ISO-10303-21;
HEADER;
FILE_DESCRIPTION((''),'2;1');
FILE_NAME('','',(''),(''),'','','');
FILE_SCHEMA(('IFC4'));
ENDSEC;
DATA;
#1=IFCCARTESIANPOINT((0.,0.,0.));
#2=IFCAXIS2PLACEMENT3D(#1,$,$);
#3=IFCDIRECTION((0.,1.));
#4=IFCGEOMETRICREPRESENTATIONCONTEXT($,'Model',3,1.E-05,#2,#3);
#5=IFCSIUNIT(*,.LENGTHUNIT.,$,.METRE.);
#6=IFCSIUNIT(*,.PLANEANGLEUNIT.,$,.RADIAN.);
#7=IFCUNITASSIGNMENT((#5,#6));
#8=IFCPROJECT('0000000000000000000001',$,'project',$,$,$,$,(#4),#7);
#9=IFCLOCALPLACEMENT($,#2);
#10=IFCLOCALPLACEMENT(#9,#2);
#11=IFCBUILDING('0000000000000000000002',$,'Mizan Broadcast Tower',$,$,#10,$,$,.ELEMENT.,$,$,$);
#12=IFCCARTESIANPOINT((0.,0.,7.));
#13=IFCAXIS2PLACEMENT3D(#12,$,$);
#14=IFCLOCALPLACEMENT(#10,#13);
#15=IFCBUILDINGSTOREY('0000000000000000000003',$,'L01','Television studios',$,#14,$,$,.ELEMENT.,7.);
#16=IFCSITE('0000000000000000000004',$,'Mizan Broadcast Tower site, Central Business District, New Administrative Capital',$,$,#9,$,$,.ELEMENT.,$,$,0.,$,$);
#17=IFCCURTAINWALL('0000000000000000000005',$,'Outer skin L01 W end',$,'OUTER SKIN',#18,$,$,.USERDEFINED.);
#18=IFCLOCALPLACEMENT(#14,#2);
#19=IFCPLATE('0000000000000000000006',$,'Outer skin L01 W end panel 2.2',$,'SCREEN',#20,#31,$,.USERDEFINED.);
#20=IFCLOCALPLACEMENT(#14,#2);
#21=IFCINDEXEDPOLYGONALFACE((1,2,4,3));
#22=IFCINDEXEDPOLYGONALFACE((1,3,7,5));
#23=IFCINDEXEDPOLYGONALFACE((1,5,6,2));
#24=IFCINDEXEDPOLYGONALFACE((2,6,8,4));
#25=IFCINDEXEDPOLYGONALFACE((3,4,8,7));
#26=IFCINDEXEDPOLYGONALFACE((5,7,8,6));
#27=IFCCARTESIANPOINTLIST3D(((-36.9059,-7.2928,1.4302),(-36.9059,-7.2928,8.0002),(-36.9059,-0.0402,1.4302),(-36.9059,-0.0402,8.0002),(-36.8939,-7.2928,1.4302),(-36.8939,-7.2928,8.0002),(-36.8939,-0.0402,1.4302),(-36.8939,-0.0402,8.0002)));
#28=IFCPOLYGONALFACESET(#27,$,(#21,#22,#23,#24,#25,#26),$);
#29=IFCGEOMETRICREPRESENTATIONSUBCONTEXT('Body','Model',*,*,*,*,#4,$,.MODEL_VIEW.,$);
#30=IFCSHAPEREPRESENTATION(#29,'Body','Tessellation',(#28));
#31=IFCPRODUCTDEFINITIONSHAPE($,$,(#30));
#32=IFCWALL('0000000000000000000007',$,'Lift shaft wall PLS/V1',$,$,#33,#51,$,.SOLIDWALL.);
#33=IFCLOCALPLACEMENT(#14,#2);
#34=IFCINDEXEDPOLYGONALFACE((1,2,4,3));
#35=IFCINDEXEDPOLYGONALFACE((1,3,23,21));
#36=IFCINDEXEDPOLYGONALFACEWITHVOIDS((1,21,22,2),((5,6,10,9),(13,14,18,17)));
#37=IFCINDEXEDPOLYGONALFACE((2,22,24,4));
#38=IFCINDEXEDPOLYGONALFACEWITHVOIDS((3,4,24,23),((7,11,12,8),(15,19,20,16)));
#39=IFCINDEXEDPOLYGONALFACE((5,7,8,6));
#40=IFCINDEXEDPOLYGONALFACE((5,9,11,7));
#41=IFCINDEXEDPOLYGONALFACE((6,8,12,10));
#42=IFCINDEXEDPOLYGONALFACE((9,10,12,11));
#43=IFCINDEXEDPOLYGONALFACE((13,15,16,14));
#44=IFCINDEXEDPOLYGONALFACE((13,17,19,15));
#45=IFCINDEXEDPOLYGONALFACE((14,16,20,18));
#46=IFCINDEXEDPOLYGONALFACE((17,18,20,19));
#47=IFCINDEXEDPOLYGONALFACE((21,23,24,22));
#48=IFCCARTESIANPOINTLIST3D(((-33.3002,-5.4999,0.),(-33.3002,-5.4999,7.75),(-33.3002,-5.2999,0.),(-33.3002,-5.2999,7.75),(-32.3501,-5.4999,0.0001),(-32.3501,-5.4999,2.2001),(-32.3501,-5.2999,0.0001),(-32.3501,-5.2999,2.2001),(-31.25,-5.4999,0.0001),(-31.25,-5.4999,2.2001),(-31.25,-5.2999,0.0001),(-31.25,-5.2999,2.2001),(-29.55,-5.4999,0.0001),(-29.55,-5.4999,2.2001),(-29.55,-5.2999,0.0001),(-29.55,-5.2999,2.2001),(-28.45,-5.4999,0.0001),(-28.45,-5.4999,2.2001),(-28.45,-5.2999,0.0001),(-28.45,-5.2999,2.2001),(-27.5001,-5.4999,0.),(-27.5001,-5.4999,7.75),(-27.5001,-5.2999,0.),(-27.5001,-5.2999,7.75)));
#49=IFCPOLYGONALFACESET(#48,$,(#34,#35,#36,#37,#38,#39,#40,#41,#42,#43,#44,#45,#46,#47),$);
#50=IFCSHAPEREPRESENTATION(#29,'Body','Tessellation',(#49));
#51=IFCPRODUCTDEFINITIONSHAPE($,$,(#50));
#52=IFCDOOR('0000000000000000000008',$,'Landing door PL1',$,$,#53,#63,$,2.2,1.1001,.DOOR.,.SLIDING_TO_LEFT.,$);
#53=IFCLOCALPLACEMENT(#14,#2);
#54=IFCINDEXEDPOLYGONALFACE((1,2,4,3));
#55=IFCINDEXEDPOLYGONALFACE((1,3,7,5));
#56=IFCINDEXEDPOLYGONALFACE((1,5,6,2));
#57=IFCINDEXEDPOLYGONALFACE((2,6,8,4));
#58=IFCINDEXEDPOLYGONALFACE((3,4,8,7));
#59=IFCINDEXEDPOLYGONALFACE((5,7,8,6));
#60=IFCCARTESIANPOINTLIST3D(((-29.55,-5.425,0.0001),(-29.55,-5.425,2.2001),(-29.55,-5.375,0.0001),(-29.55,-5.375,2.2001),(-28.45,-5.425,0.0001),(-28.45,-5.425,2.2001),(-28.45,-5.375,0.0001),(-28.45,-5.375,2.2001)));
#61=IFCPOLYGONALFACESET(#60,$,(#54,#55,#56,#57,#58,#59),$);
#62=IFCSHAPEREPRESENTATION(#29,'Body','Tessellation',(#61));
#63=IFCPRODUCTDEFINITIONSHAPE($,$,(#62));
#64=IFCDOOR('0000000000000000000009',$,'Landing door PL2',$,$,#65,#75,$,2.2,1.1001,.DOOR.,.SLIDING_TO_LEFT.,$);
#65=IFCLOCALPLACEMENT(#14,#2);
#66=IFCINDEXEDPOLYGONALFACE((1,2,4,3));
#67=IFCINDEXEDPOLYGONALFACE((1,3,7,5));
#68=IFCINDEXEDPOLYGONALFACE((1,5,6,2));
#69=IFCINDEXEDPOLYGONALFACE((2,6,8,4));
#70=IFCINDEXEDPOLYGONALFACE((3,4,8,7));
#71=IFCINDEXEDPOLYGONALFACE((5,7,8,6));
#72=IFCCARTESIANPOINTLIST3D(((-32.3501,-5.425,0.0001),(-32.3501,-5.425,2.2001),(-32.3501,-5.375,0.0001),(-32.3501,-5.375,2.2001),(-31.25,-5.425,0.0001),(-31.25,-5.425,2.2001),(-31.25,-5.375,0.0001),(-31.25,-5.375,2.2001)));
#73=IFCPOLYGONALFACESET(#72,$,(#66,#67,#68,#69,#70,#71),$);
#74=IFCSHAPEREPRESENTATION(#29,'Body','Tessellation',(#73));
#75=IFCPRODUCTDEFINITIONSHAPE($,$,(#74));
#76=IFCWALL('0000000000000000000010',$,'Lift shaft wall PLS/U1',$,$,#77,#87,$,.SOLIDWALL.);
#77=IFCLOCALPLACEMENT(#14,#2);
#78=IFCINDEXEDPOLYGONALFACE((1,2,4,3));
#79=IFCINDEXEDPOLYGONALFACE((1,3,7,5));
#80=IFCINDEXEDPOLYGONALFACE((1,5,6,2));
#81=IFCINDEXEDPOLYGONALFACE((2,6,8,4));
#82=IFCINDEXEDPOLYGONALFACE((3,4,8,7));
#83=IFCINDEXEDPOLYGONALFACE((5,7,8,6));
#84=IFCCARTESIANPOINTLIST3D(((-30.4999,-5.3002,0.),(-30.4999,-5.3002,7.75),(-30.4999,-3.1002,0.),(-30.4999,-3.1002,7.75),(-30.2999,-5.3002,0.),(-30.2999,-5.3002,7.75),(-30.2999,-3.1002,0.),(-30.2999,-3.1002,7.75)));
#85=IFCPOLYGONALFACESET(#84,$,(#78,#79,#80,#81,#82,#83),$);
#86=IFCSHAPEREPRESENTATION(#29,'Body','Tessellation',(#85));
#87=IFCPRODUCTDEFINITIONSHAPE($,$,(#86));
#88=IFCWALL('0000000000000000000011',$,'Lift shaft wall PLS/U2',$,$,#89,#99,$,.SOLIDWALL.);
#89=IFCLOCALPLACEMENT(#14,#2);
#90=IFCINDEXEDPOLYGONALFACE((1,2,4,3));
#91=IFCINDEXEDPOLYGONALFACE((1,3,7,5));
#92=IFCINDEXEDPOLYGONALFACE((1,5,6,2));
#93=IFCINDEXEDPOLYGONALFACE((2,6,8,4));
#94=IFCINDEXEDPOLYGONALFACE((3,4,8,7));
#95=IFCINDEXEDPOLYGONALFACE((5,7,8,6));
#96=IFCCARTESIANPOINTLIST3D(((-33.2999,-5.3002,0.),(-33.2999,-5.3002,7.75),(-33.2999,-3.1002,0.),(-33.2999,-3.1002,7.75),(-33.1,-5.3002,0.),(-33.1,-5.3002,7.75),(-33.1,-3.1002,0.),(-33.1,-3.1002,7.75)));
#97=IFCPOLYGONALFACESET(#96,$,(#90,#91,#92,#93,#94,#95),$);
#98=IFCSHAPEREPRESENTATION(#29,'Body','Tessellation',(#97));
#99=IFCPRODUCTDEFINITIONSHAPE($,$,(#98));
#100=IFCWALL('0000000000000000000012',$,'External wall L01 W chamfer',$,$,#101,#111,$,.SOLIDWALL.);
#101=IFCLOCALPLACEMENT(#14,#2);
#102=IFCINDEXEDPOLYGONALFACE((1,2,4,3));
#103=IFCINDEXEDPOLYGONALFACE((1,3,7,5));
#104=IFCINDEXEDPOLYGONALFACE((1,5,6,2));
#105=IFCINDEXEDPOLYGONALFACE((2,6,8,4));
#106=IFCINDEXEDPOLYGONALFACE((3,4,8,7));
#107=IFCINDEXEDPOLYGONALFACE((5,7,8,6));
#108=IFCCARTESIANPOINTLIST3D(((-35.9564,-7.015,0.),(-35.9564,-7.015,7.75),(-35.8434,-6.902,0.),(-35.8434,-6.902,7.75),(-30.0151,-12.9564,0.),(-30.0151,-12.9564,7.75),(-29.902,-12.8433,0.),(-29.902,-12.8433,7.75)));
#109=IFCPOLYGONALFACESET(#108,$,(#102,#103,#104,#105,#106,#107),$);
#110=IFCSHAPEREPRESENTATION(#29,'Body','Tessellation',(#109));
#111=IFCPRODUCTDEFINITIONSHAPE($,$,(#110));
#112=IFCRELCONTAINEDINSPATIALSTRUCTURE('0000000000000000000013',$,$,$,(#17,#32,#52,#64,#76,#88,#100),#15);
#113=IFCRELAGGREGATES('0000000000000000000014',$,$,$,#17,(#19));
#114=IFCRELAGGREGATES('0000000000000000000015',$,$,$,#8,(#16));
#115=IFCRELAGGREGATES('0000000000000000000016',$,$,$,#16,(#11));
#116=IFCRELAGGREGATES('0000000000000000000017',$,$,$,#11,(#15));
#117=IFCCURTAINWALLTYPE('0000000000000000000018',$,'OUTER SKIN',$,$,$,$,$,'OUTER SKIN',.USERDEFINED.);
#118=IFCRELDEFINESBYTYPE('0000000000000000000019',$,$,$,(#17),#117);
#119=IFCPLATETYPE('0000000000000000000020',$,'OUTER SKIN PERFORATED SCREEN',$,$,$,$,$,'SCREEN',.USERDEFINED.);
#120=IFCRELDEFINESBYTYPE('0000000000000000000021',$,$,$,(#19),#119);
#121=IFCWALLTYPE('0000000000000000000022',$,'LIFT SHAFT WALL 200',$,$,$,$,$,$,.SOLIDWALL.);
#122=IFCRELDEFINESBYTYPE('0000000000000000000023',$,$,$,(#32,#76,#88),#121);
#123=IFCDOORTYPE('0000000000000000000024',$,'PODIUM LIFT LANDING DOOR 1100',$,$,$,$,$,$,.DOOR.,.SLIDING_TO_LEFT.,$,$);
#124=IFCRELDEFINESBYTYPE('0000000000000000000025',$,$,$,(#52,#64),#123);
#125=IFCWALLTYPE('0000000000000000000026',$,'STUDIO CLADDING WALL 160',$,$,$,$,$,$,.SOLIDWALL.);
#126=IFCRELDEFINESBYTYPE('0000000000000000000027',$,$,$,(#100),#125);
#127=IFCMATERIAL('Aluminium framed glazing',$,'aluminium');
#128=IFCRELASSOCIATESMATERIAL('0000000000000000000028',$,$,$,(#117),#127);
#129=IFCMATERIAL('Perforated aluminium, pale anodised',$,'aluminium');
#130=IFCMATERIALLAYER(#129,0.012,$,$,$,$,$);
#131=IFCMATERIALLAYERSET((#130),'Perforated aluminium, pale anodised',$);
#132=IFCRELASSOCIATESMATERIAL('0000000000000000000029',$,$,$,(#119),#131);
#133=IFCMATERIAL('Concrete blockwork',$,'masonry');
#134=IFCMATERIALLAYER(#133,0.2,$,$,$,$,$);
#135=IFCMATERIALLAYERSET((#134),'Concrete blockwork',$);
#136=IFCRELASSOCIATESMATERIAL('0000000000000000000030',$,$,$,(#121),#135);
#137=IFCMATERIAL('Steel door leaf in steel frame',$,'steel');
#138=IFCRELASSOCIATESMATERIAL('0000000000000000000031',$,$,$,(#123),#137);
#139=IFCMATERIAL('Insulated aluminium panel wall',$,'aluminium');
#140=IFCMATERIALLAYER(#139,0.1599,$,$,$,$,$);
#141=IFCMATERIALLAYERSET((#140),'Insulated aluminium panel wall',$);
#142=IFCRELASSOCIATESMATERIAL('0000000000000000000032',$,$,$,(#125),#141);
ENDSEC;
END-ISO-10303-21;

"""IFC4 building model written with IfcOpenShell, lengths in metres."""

from ifc_helpers import new_model, si_unit, direction, frame, frame_2d, origin, origin_2d, place, context, subcontext, project, spatial, rectangle, extrude, material, layer, layer_set, type_object, element, fill, aggregate, save


model = new_model("IFC4")

# Units and contexts
model_context = context("Model", 3, precision=1e-05, world=origin(), true_north=direction((0.0, 1.0)))
body_context = subcontext(model_context, "Body", "Model", "MODEL_VIEW")
ifc_project = project(units=[si_unit("LENGTHUNIT", "METRE"), si_unit("PLANEANGLEUNIT", "RADIAN")], contexts=[model_context])

# Site, building, storey
site_placement = place(None, origin())
site = spatial("IfcSite", under=ifc_project, at=site_placement, Name="Mizan Broadcast Tower site, Central Business District, New Administrative Capital", CompositionType="ELEMENT", RefElevation=0.0)
building_placement = place(site_placement, origin())
building = spatial("IfcBuilding", under=site, at=building_placement, Name="Mizan Broadcast Tower", CompositionType="ELEMENT")
storey_placement = place(building_placement, frame((0.0, 0.0, 7.0)))
storey = spatial("IfcBuildingStorey", under=building, at=storey_placement, Name="L01", Description="Television studios", CompositionType="ELEMENT", Elevation=7.0)

# Curtain wall
ifc_material_1 = material(Name="Aluminium framed glazing", Category="aluminium")
curtain_wall_type = type_object("IfcCurtainWallType", Name="OUTER SKIN", ElementType="OUTER SKIN", PredefinedType="USERDEFINED", material=ifc_material_1)
curtain_wall_1_placement = place(storey_placement, origin())
curtain_wall_1 = element("IfcCurtainWall", 1, at=curtain_wall_1_placement, inside=storey, type_object=curtain_wall_type, Name="Outer skin L01 W end", ObjectType="OUTER SKIN", PredefinedType="USERDEFINED")

# Plate
ifc_material_2 = material(Name="Perforated aluminium, pale anodised", Category="aluminium")
ifc_layer_1 = layer(ifc_material_2, 0.012)
ifc_layer_set_1 = layer_set([ifc_layer_1], Name="Perforated aluminium, pale anodised")
plate_type_1 = type_object("IfcPlateType", Name="OUTER SKIN PERFORATED SCREEN", ElementType="SCREEN", PredefinedType="USERDEFINED", material=ifc_layer_set_1)
plate_1_placement = place(storey_placement, frame((-36.8999, -3.6665, 1.4302), z_axis=(0.0, 0.0, 1.0), x_axis=(0.0, -1.0, 0.0)))
plate_1 = element("IfcPlate", 2, at=plate_1_placement, type_object=plate_type_1, Name="Outer skin L01 W end panel 2.2", ObjectType="SCREEN", PredefinedType="USERDEFINED", context=body_context, shape_type="SweptSolid", body=[
    extrude(rectangle(XDim=7.2527, YDim=0.012, at=origin_2d()), origin(), (0.0, 0.0, 1.0), 6.5701),
])
aggregate(curtain_wall_1, [plate_1])

# Wall, openings, doors
ifc_material_3 = material(Name="Concrete blockwork", Category="masonry")
ifc_layer_2 = layer(ifc_material_3, 0.2)
ifc_layer_set_2 = layer_set([ifc_layer_2], Name="Concrete blockwork")
wall_type_1 = type_object("IfcWallType", Name="LIFT SHAFT WALL 200", PredefinedType="SOLIDWALL", material=ifc_layer_set_2)
wall_1_placement = place(storey_placement, frame((-33.3, -5.3999, 0.0), z_axis=(0.0, 0.0, 1.0), x_axis=(1.0, 0.0, 0.0)))
wall_1 = element("IfcWall", 3, at=wall_1_placement, inside=storey, type_object=wall_type_1, Name="Lift shaft wall PLS/V1", PredefinedType="SOLIDWALL", context=body_context, shape_type="SweptSolid", body=[
    extrude(rectangle(XDim=5.8, YDim=0.2, at=frame_2d((2.8999, 0.0))), origin(), (0.0, 0.0, 1.0), 7.75),
])
opening_1_placement = place(wall_1_placement, frame((3.75, 0.0, 0.0)))
opening_1 = element("IfcOpeningElement", 4, at=opening_1_placement, cuts=wall_1, PredefinedType="OPENING", context=body_context, shape_type="SweptSolid", body=[
    extrude(rectangle(XDim=1.1001, YDim=2.2, at=frame_2d((0.55, 1.1001))), frame((0.0, 0.1099, 0.0), z_axis=(0.0, -1.0, 0.0), x_axis=(1.0, 0.0, 0.0)), (0.0, 0.0, 1.0), 0.22),
])
opening_2_placement = place(wall_1_placement, frame((0.95, 0.0, 0.0)))
opening_2 = element("IfcOpeningElement", 5, at=opening_2_placement, cuts=wall_1, PredefinedType="OPENING", context=body_context, shape_type="SweptSolid", body=[
    extrude(rectangle(XDim=1.1001, YDim=2.2, at=frame_2d((0.55, 1.1001))), frame((0.0, 0.1099, 0.0), z_axis=(0.0, -1.0, 0.0), x_axis=(1.0, 0.0, 0.0)), (0.0, 0.0, 1.0), 0.22),
])
ifc_material_4 = material(Name="Steel door leaf in steel frame", Category="steel")
door_type = type_object("IfcDoorType", Name="PODIUM LIFT LANDING DOOR 1100", OperationType="SLIDING_TO_LEFT", PredefinedType="DOOR", material=ifc_material_4)
door_1_placement = place(opening_1_placement, origin())
door_1 = element("IfcDoor", 6, at=door_1_placement, inside=storey, type_object=door_type, Name="Landing door PL1", OperationType="SLIDING_TO_LEFT", OverallHeight=2.2, OverallWidth=1.1001, PredefinedType="DOOR", context=body_context, shape_type="SweptSolid", body=[
    extrude(rectangle(XDim=1.1001, YDim=2.2, at=frame_2d((0.55, 1.1001))), frame((0.0, 0.0249, 0.0), z_axis=(0.0, -1.0, 0.0), x_axis=(1.0, 0.0, 0.0)), (0.0, 0.0, 1.0), 0.05),
])
fill(opening_1, door_1)
door_2_placement = place(opening_2_placement, origin())
door_2 = element("IfcDoor", 7, at=door_2_placement, inside=storey, type_object=door_type, Name="Landing door PL2", OperationType="SLIDING_TO_LEFT", OverallHeight=2.2, OverallWidth=1.1001, PredefinedType="DOOR", context=body_context, shape_type="SweptSolid", body=[
    extrude(rectangle(XDim=1.1001, YDim=2.2, at=frame_2d((0.55, 1.1001))), frame((0.0, 0.0249, 0.0), z_axis=(0.0, -1.0, 0.0), x_axis=(1.0, 0.0, 0.0)), (0.0, 0.0, 1.0), 0.05),
])
fill(opening_2, door_2)

# Walls
for number, where, z_axis, x_axis, name in (
    (8, (-30.3999, -3.1001, 0.0), (0.0, 0.0, 1.0), (0.0, -1.0, 0.0), "Lift shaft wall PLS/U1"),
    (9, (-33.2, -3.1001, 0.0), (0.0, 0.0, 1.0), (0.0, -1.0, 0.0), "Lift shaft wall PLS/U2"),
):
    element("IfcWall", number, at=place(storey_placement, frame(where, z_axis=z_axis, x_axis=x_axis)), inside=storey, type_object=wall_type_1, Name=name, PredefinedType="SOLIDWALL", context=body_context, shape_type="SweptSolid", body=[
        extrude(rectangle(XDim=2.2, YDim=0.2, at=frame_2d((1.1001, 0.0))), origin(), (0.0, 0.0, 1.0), 7.75),
    ])
ifc_material_5 = material(Name="Insulated aluminium panel wall", Category="aluminium")
ifc_layer_3 = layer(ifc_material_5, 0.1599)
ifc_layer_set_3 = layer_set([ifc_layer_3], Name="Insulated aluminium panel wall")
wall_type_2 = type_object("IfcWallType", Name="STUDIO CLADDING WALL 160", PredefinedType="SOLIDWALL", material=ifc_layer_set_3)
wall_2_placement = place(storey_placement, frame((-35.8999, -6.9585, 0.0), z_axis=(0.0, 0.0, 1.0), x_axis=(0.707107, -0.707107, 0.0)))
element("IfcWall", 10, at=wall_2_placement, inside=storey, type_object=wall_type_2, Name="External wall L01 W chamfer", PredefinedType="SOLIDWALL", context=body_context, shape_type="SweptSolid", body=[
    extrude(rectangle(XDim=8.4023, YDim=0.1599, at=frame_2d((4.2012, 0.0))), origin(), (0.0, 0.0, 1.0), 7.75),
])

save(model, "model.ifc")
